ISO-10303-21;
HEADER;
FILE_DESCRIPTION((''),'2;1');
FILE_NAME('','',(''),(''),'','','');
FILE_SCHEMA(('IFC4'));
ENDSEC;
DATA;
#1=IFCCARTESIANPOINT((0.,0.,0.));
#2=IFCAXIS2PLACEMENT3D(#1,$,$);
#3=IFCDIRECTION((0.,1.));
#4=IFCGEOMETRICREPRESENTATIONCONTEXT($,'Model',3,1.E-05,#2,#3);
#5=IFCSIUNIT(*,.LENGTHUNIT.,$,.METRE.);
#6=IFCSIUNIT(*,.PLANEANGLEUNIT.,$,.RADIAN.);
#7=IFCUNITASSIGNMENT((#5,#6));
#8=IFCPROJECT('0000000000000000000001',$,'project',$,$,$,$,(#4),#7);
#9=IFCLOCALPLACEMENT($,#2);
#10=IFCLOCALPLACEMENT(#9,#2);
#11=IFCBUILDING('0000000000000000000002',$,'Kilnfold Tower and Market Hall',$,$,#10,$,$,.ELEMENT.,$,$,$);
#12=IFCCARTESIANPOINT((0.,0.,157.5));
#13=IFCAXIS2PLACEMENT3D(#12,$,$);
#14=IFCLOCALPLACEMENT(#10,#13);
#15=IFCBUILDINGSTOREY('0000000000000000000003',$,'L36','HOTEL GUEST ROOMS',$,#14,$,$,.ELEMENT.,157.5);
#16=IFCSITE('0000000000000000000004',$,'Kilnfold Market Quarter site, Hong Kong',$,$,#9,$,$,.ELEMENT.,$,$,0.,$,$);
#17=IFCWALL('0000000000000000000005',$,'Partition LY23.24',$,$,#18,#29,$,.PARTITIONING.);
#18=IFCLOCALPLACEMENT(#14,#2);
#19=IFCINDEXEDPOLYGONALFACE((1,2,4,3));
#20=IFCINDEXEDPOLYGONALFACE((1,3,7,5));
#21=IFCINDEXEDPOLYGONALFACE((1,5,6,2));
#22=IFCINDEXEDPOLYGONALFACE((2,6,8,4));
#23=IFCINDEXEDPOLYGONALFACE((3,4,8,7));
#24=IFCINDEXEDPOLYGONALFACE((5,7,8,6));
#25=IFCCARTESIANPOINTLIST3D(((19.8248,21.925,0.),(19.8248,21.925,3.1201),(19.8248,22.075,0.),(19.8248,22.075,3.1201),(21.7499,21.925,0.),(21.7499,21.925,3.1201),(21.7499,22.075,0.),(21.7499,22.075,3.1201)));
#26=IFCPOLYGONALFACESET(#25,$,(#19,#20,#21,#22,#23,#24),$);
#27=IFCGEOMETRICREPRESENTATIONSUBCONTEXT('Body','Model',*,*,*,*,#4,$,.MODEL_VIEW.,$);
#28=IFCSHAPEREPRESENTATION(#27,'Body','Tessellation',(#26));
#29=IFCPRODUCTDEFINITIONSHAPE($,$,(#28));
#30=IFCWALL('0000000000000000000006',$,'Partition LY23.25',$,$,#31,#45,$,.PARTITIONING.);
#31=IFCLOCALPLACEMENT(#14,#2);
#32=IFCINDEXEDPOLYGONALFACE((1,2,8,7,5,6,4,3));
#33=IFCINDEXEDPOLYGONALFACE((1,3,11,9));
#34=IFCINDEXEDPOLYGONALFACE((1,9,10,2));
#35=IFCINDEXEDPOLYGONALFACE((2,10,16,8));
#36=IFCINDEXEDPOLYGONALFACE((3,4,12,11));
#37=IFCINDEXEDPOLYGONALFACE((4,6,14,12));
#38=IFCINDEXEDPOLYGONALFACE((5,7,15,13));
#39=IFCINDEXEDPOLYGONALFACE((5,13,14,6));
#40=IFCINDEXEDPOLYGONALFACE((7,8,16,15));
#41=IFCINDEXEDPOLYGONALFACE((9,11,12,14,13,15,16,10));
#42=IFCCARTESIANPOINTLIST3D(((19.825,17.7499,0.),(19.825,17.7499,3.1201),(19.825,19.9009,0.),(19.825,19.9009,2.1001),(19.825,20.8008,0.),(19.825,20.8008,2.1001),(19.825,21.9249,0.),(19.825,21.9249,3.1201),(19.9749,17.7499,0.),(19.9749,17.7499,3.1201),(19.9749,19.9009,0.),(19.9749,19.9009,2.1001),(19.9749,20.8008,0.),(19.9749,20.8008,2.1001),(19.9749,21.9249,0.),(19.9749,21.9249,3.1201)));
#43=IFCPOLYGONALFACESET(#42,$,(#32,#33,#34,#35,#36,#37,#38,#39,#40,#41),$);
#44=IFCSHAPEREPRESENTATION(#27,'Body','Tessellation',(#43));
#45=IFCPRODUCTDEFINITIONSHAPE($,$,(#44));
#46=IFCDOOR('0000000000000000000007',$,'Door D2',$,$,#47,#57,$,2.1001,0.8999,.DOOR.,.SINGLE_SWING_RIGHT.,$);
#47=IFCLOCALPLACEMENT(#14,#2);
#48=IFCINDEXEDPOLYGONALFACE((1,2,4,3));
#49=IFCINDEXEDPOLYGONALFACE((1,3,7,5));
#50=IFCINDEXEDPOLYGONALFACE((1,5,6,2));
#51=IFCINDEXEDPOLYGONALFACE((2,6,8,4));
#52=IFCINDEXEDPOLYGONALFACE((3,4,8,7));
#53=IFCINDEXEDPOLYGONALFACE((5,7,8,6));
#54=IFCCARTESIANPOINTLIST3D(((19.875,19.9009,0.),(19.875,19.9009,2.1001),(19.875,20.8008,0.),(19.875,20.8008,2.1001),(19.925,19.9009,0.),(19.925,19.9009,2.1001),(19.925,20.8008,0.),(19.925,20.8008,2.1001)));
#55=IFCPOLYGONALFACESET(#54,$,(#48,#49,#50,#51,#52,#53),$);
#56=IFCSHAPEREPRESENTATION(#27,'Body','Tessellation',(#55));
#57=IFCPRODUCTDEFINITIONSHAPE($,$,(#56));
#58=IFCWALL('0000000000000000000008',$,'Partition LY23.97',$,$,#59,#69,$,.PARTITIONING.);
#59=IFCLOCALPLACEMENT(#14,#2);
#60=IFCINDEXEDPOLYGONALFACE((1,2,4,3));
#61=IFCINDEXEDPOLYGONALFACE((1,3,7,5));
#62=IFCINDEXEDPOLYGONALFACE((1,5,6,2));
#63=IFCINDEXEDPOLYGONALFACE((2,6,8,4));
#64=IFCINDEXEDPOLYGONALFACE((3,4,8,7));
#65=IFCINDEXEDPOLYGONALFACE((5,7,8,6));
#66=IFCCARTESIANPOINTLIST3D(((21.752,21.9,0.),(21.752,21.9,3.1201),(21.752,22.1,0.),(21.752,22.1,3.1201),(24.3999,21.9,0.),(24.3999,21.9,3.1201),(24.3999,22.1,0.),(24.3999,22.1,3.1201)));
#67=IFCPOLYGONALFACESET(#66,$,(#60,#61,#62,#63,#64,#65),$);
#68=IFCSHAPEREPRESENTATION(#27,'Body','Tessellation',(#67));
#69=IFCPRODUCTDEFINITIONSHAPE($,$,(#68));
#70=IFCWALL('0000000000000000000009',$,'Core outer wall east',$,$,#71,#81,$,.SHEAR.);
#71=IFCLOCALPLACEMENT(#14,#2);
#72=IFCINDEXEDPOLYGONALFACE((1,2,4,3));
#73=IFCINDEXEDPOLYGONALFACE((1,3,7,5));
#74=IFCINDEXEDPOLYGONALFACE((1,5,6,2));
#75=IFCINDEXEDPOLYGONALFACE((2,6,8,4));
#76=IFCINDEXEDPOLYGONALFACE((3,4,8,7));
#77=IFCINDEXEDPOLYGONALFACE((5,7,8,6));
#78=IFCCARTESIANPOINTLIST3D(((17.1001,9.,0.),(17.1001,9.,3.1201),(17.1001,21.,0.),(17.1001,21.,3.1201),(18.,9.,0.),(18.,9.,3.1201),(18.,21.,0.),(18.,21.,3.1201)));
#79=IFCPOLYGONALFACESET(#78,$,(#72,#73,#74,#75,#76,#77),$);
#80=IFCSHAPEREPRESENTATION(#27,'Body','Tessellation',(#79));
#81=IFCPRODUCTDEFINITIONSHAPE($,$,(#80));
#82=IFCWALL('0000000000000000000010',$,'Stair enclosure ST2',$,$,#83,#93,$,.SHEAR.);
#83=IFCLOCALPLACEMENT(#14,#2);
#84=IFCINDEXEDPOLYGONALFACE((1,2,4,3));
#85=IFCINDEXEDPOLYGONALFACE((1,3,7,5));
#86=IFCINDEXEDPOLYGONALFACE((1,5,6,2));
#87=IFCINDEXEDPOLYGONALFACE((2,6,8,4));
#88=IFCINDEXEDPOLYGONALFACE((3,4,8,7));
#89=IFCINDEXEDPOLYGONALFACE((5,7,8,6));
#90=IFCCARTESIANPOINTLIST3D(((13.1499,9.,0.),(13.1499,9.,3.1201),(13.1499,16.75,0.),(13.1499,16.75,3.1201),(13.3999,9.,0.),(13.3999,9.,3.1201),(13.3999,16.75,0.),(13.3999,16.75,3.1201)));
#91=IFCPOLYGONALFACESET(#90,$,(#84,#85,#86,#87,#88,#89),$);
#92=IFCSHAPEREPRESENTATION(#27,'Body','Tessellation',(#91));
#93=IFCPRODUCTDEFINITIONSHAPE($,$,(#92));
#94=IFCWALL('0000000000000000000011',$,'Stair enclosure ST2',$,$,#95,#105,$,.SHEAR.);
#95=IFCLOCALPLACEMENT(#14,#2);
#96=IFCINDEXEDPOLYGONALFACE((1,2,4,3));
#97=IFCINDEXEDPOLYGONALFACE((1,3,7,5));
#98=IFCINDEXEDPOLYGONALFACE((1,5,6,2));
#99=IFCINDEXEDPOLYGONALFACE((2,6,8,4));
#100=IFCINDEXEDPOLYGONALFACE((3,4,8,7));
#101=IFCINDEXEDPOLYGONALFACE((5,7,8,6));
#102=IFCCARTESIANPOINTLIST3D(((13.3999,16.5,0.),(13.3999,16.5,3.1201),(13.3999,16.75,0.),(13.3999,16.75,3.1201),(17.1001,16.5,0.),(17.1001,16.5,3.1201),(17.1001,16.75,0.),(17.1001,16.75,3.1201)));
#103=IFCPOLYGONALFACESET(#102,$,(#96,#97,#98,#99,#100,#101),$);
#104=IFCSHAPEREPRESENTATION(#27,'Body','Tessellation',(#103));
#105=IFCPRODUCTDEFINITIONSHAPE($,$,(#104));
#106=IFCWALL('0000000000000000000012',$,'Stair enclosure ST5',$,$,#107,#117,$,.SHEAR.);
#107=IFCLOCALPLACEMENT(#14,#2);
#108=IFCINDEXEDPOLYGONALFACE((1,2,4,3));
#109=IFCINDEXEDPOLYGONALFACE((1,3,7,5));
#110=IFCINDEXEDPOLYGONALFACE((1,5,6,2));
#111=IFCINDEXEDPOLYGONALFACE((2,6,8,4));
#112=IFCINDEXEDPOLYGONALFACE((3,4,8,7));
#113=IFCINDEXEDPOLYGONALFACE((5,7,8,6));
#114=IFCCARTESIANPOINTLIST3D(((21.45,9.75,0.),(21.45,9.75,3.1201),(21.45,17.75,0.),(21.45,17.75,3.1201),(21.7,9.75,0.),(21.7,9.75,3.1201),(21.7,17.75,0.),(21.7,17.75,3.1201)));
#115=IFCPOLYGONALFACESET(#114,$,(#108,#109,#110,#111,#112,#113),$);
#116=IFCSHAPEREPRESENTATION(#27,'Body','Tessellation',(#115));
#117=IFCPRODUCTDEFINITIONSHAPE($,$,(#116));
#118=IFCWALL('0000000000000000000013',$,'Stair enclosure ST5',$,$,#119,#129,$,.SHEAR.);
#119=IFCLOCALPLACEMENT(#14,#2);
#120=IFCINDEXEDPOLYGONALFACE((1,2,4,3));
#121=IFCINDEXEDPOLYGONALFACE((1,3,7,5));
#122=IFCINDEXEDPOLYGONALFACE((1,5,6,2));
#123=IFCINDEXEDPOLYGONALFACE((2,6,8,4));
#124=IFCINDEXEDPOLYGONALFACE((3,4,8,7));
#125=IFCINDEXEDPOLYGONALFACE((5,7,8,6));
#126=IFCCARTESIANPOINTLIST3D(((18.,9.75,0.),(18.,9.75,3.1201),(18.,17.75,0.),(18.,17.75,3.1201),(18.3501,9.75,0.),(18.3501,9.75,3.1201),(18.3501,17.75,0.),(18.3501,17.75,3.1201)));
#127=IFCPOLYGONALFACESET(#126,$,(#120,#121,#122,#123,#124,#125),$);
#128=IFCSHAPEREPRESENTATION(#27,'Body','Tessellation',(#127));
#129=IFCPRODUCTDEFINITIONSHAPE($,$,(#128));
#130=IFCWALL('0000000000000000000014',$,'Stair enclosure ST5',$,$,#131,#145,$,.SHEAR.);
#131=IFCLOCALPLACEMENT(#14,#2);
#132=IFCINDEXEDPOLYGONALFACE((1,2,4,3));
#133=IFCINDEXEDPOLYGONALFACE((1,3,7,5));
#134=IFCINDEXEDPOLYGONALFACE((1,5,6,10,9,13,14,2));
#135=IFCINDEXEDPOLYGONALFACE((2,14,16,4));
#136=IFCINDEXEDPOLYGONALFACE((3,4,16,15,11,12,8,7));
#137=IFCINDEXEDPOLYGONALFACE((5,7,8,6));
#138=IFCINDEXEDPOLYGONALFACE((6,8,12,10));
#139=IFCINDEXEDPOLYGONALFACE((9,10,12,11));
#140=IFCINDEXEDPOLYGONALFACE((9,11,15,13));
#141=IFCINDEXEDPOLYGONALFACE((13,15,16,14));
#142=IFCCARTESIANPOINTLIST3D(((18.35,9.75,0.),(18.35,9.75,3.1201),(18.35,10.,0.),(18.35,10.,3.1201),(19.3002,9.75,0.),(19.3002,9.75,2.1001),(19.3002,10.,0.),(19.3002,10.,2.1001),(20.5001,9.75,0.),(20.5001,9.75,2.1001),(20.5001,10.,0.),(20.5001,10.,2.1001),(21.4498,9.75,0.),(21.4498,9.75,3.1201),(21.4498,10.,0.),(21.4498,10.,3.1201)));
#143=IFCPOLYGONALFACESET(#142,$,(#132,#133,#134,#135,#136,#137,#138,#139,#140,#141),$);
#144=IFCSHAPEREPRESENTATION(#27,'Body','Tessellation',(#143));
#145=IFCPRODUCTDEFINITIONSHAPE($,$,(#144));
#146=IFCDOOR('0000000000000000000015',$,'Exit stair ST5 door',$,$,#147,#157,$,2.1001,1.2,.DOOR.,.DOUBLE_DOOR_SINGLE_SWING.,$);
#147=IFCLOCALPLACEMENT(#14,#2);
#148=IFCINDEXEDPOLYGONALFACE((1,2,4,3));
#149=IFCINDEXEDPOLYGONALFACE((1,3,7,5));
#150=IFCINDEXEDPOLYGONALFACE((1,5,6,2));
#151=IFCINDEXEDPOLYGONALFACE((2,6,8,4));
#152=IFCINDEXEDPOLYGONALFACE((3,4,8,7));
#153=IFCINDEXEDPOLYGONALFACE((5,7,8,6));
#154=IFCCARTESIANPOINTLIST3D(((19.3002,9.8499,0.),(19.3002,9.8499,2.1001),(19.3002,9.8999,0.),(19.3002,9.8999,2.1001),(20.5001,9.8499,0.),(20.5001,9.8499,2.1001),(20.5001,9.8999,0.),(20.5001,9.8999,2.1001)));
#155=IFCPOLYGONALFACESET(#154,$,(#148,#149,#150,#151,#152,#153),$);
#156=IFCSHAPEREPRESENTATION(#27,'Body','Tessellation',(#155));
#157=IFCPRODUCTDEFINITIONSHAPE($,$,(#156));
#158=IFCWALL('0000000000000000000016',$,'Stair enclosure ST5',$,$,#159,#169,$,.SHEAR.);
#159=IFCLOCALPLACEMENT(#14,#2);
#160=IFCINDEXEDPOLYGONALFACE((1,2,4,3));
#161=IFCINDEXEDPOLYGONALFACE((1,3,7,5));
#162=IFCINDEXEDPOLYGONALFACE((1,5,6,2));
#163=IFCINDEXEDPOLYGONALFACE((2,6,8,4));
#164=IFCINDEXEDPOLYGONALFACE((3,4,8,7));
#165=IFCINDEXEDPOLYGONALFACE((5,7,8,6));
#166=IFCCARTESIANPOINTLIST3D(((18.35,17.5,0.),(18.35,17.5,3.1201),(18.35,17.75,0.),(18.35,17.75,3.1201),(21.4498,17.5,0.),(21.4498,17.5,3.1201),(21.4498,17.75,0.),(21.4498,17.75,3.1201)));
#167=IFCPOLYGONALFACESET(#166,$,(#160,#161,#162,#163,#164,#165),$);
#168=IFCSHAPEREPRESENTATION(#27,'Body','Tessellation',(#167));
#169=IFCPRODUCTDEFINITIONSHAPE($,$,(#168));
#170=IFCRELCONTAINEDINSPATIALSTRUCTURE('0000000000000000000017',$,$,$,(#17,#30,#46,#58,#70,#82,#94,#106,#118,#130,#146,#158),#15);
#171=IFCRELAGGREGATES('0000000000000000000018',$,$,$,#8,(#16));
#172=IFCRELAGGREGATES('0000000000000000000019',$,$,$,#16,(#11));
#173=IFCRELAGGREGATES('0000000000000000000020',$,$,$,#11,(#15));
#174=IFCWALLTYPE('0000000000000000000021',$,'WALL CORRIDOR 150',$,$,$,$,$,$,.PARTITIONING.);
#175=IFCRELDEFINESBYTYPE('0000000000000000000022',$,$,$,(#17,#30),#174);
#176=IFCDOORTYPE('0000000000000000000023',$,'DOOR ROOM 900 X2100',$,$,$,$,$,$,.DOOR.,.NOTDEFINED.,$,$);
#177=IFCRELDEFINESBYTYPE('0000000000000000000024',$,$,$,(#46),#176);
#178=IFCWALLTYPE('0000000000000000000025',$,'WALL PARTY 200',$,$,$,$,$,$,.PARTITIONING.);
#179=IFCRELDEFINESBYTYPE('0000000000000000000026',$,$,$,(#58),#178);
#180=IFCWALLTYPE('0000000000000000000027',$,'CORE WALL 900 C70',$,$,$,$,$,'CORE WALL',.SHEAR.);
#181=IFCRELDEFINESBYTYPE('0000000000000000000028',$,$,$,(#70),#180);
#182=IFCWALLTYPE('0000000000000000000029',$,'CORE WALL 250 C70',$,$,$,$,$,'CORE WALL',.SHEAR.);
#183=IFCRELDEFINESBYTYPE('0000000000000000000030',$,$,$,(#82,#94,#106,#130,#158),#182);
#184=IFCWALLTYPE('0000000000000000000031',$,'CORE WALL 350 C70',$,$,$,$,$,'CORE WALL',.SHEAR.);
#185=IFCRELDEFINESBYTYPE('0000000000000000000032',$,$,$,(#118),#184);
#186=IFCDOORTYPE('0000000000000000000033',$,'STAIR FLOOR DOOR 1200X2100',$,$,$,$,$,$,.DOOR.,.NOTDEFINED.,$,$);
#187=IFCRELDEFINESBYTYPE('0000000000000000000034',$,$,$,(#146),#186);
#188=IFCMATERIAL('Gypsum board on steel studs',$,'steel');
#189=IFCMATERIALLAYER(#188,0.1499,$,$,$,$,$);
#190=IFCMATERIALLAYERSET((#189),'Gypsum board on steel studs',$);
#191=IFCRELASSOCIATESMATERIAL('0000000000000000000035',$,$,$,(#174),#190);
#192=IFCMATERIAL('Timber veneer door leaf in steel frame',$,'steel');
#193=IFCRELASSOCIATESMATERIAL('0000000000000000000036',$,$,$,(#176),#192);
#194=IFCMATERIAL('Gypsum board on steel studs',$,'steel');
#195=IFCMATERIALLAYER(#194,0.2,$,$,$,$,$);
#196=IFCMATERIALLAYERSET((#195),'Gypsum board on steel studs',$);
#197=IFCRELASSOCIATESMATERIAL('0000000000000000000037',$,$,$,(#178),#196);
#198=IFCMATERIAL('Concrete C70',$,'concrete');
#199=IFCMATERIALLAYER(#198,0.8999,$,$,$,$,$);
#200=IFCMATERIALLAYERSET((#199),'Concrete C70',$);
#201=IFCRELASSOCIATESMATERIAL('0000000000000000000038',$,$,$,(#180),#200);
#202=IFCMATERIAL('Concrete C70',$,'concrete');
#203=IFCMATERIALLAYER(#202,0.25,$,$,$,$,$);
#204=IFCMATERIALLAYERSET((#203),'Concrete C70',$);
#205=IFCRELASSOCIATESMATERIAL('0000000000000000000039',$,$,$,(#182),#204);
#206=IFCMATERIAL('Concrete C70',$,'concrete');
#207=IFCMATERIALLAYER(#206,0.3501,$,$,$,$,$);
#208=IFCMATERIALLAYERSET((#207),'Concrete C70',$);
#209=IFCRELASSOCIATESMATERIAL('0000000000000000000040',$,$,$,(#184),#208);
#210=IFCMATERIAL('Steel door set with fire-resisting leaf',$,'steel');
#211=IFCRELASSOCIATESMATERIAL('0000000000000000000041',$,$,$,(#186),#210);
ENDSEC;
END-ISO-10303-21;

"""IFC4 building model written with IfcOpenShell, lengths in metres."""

from ifc_helpers import new_model, si_unit, direction, frame, frame_2d, origin, place, context, subcontext, project, spatial, rectangle, extrude, source, transform, mapped, material, layer, layer_set, type_object, element, fill, save


model = new_model("IFC4")

# Units and contexts
model_context = context("Model", 3, precision=1e-05, world=origin(), true_north=direction((0.0, 1.0)))
body_context = subcontext(model_context, "Body", "Model", "MODEL_VIEW")
ifc_project = project(units=[si_unit("LENGTHUNIT", "METRE"), si_unit("PLANEANGLEUNIT", "RADIAN")], contexts=[model_context])

# Site, building, storey
site_placement = place(None, origin())
site = spatial("IfcSite", under=ifc_project, at=site_placement, Name="Kilnfold Market Quarter site, Hong Kong", CompositionType="ELEMENT", RefElevation=0.0)
building_placement = place(site_placement, origin())
building = spatial("IfcBuilding", under=site, at=building_placement, Name="Kilnfold Tower and Market Hall", CompositionType="ELEMENT")
storey_placement = place(building_placement, frame((0.0, 0.0, 157.5)))
storey = spatial("IfcBuildingStorey", under=building, at=storey_placement, Name="L36", Description="HOTEL GUEST ROOMS", CompositionType="ELEMENT", Elevation=157.5)

# Wall
ifc_material_1 = material(Name="Gypsum board on steel studs", Category="steel")
ifc_layer_1 = layer(ifc_material_1, 0.1499)
ifc_layer_set_1 = layer_set([ifc_layer_1], Name="Gypsum board on steel studs")
wall_type_1 = type_object("IfcWallType", Name="WALL CORRIDOR 150", PredefinedType="PARTITIONING", material=ifc_layer_set_1)
wall_1_placement = place(storey_placement, frame((19.825, 22.0, 0.0), z_axis=(0.0, 0.0, 1.0), x_axis=(1.0, 0.0, 0.0)))
element("IfcWall", 1, at=wall_1_placement, inside=storey, type_object=wall_type_1, Name="Partition LY23.24", PredefinedType="PARTITIONING", context=body_context, shape_type="SweptSolid", body=[
    extrude(rectangle(XDim=1.925, YDim=0.1499, at=frame_2d((0.9624, 0.0))), origin(), (0.0, 0.0, 1.0), 3.1201),
])

# Wall, opening, door
wall_2_placement = place(storey_placement, frame((19.8999, 17.75, 0.0), z_axis=(0.0, 0.0, 1.0), x_axis=(0.0, 1.0, 0.0)))
wall_2 = element("IfcWall", 2, at=wall_2_placement, inside=storey, type_object=wall_type_1, Name="Partition LY23.25", PredefinedType="PARTITIONING", context=body_context, shape_type="SweptSolid", body=[
    extrude(rectangle(XDim=4.175, YDim=0.1499, at=frame_2d((2.0874, 0.0))), origin(), (0.0, 0.0, 1.0), 3.1201),
])
opening_1_placement = place(wall_2_placement, frame((2.1509, 0.0, 0.0)))
opening_1 = element("IfcOpeningElement", 3, at=opening_1_placement, cuts=wall_2, PredefinedType="OPENING", context=body_context, shape_type="SweptSolid", body=[
    extrude(rectangle(XDim=0.8999, YDim=2.1001, at=frame_2d((0.45, 1.05))), frame((0.0, 0.085, 0.0), z_axis=(0.0, -1.0, 0.0), x_axis=(1.0, 0.0, 0.0)), (0.0, 0.0, 1.0), 0.1699),
])
ifc_material_2 = material(Name="Timber veneer door leaf in steel frame", Category="steel")
door_type_1 = type_object("IfcDoorType", Name="DOOR ROOM 900 X2100", OperationType="NOTDEFINED", PredefinedType="DOOR", material=ifc_material_2)
door_1_placement = place(opening_1_placement, origin())
door_1 = element("IfcDoor", 4, at=door_1_placement, inside=storey, type_object=door_type_1, Name="Door D2", OperationType="SINGLE_SWING_RIGHT", OverallHeight=2.1001, OverallWidth=0.8999, PredefinedType="DOOR", context=body_context, shape_type="SweptSolid", body=[
    extrude(rectangle(XDim=0.8999, YDim=2.1001, at=frame_2d((0.45, 1.05))), frame((0.0, 0.0249, 0.0), z_axis=(0.0, -1.0, 0.0), x_axis=(1.0, 0.0, 0.0)), (0.0, 0.0, 1.0), 0.05),
])
fill(opening_1, door_1)

# Walls
ifc_material_3 = material(Name="Gypsum board on steel studs", Category="steel")
ifc_layer_2 = layer(ifc_material_3, 0.2)
ifc_layer_set_2 = layer_set([ifc_layer_2], Name="Gypsum board on steel studs")
wall_type_2 = type_object("IfcWallType", Name="WALL PARTY 200", PredefinedType="PARTITIONING", material=ifc_layer_set_2)
wall_3_placement = place(storey_placement, frame((21.752, 22.0, 0.0), z_axis=(0.0, 0.0, 1.0), x_axis=(1.0, 0.0, 0.0)))
element("IfcWall", 5, at=wall_3_placement, inside=storey, type_object=wall_type_2, Name="Partition LY23.97", PredefinedType="PARTITIONING", context=body_context, shape_type="SweptSolid", body=[
    extrude(rectangle(XDim=2.6479, YDim=0.2, at=frame_2d((1.324, 0.0))), origin(), (0.0, 0.0, 1.0), 3.1201),
])
ifc_material_4 = material(Name="Concrete C70", Category="concrete")
ifc_layer_3 = layer(ifc_material_4, 0.8999)
ifc_layer_set_3 = layer_set([ifc_layer_3], Name="Concrete C70")
wall_type_3 = type_object("IfcWallType", Name="CORE WALL 900 C70", ElementType="CORE WALL", PredefinedType="SHEAR", material=ifc_layer_set_3)
shared_shape_1 = source(origin(), body_context, "Body", "SweptSolid", [
    extrude(rectangle(XDim=12.0, YDim=0.8999, at=frame_2d((6.0, 0.0))), origin(), (0.0, 0.0, 1.0), 3.1201),
])
wall_4_placement = place(storey_placement, frame((17.55, 9.0, 0.0), z_axis=(0.0, 0.0, 1.0), x_axis=(0.0, 1.0, 0.0)))
element("IfcWall", 6, at=wall_4_placement, inside=storey, type_object=wall_type_3, Name="Core outer wall east", PredefinedType="SHEAR", context=body_context, shape_type="MappedRepresentation", body=[
    mapped(shared_shape_1, transform((0.0, 0.0, 0.0))),
])
ifc_material_5 = material(Name="Concrete C70", Category="concrete")
ifc_layer_4 = layer(ifc_material_5, 0.25)
ifc_layer_set_4 = layer_set([ifc_layer_4], Name="Concrete C70")
wall_type_4 = type_object("IfcWallType", Name="CORE WALL 250 C70", ElementType="CORE WALL", PredefinedType="SHEAR", material=ifc_layer_set_4)
shared_shape_2 = source(origin(), body_context, "Body", "SweptSolid", [
    extrude(rectangle(XDim=7.75, YDim=0.25, at=frame_2d((3.875, 0.0))), origin(), (0.0, 0.0, 1.0), 3.1201),
])
wall_5_placement = place(storey_placement, frame((13.2749, 9.0, 0.0), z_axis=(0.0, 0.0, 1.0), x_axis=(0.0, 1.0, 0.0)))
element("IfcWall", 7, at=wall_5_placement, inside=storey, type_object=wall_type_4, Name="Stair enclosure ST2", PredefinedType="SHEAR", context=body_context, shape_type="MappedRepresentation", body=[
    mapped(shared_shape_2, transform((0.0, 0.0, 0.0))),
])
shared_shape_3 = source(origin(), body_context, "Body", "SweptSolid", [
    extrude(rectangle(XDim=3.7002, YDim=0.25, at=frame_2d((1.8501, 0.0))), origin(), (0.0, 0.0, 1.0), 3.1201),
])
wall_6_placement = place(storey_placement, frame((13.3999, 16.625, 0.0), z_axis=(0.0, 0.0, 1.0), x_axis=(1.0, 0.0, 0.0)))
element("IfcWall", 8, at=wall_6_placement, inside=storey, type_object=wall_type_4, Name="Stair enclosure ST2", PredefinedType="SHEAR", context=body_context, shape_type="MappedRepresentation", body=[
    mapped(shared_shape_3, transform((0.0, 0.0, 0.0))),
])
shared_shape_4 = source(origin(), body_context, "Body", "SweptSolid", [
    extrude(rectangle(XDim=8.0, YDim=0.25, at=frame_2d((4.0, 0.0))), origin(), (0.0, 0.0, 1.0), 3.1201),
])
wall_7_placement = place(storey_placement, frame((21.575, 9.75, 0.0), z_axis=(0.0, 0.0, 1.0), x_axis=(0.0, 1.0, 0.0)))
element("IfcWall", 9, at=wall_7_placement, inside=storey, type_object=wall_type_4, Name="Stair enclosure ST5", PredefinedType="SHEAR", context=body_context, shape_type="MappedRepresentation", body=[
    mapped(shared_shape_4, transform((0.0, 0.0, 0.0))),
])
ifc_material_6 = material(Name="Concrete C70", Category="concrete")
ifc_layer_5 = layer(ifc_material_6, 0.3501)
ifc_layer_set_5 = layer_set([ifc_layer_5], Name="Concrete C70")
wall_type_5 = type_object("IfcWallType", Name="CORE WALL 350 C70", ElementType="CORE WALL", PredefinedType="SHEAR", material=ifc_layer_set_5)
shared_shape_5 = source(origin(), body_context, "Body", "SweptSolid", [
    extrude(rectangle(XDim=8.0, YDim=0.3501, at=frame_2d((4.0, 0.0))), origin(), (0.0, 0.0, 1.0), 3.1201),
])
wall_8_placement = place(storey_placement, frame((18.175, 9.75, 0.0), z_axis=(0.0, 0.0, 1.0), x_axis=(0.0, 1.0, 0.0)))
element("IfcWall", 10, at=wall_8_placement, inside=storey, type_object=wall_type_5, Name="Stair enclosure ST5", PredefinedType="SHEAR", context=body_context, shape_type="MappedRepresentation", body=[
    mapped(shared_shape_5, transform((0.0, 0.0, 0.0))),
])

# Wall, opening, door
shared_shape_6 = source(origin(), body_context, "Body", "SweptSolid", [
    extrude(rectangle(XDim=3.0999, YDim=0.25, at=frame_2d((1.5498, 0.0))), origin(), (0.0, 0.0, 1.0), 3.1201),
])
wall_9_placement = place(storey_placement, frame((18.3501, 9.875, 0.0), z_axis=(0.0, 0.0, 1.0), x_axis=(1.0, 0.0, 0.0)))
wall_9 = element("IfcWall", 11, at=wall_9_placement, inside=storey, type_object=wall_type_4, Name="Stair enclosure ST5", PredefinedType="SHEAR", context=body_context, shape_type="MappedRepresentation", body=[
    mapped(shared_shape_6, transform((0.0, 0.0, 0.0))),
])
opening_2_placement = place(wall_9_placement, frame((0.95, 0.0, 0.0)))
opening_2 = element("IfcOpeningElement", 12, at=opening_2_placement, cuts=wall_9, PredefinedType="OPENING", context=body_context, shape_type="SweptSolid", body=[
    extrude(rectangle(XDim=1.2, YDim=2.1001, at=frame_2d((0.6001, 1.05))), frame((0.0, 0.135, 0.0), z_axis=(0.0, -1.0, 0.0), x_axis=(1.0, 0.0, 0.0)), (0.0, 0.0, 1.0), 0.27),
])
ifc_material_7 = material(Name="Steel door set with fire-resisting leaf", Category="steel")
door_type_2 = type_object("IfcDoorType", Name="STAIR FLOOR DOOR 1200X2100", OperationType="NOTDEFINED", PredefinedType="DOOR", material=ifc_material_7)
door_2_placement = place(opening_2_placement, origin())
door_2 = element("IfcDoor", 13, at=door_2_placement, inside=storey, type_object=door_type_2, Name="Exit stair ST5 door", OperationType="DOUBLE_DOOR_SINGLE_SWING", OverallHeight=2.1001, OverallWidth=1.2, PredefinedType="DOOR", context=body_context, shape_type="SweptSolid", body=[
    extrude(rectangle(XDim=1.2, YDim=2.1001, at=frame_2d((0.6001, 1.05))), frame((0.0, 0.0249, 0.0), z_axis=(0.0, -1.0, 0.0), x_axis=(1.0, 0.0, 0.0)), (0.0, 0.0, 1.0), 0.05),
])
fill(opening_2, door_2)

# Wall
wall_10_placement = place(storey_placement, frame((18.3501, 17.625, 0.0), z_axis=(0.0, 0.0, 1.0), x_axis=(1.0, 0.0, 0.0)))
element("IfcWall", 14, at=wall_10_placement, inside=storey, type_object=wall_type_4, Name="Stair enclosure ST5", PredefinedType="SHEAR", context=body_context, shape_type="MappedRepresentation", body=[
    mapped(shared_shape_6, transform((0.0, 0.0, 0.0))),
])

save(model, "model.ifc")
